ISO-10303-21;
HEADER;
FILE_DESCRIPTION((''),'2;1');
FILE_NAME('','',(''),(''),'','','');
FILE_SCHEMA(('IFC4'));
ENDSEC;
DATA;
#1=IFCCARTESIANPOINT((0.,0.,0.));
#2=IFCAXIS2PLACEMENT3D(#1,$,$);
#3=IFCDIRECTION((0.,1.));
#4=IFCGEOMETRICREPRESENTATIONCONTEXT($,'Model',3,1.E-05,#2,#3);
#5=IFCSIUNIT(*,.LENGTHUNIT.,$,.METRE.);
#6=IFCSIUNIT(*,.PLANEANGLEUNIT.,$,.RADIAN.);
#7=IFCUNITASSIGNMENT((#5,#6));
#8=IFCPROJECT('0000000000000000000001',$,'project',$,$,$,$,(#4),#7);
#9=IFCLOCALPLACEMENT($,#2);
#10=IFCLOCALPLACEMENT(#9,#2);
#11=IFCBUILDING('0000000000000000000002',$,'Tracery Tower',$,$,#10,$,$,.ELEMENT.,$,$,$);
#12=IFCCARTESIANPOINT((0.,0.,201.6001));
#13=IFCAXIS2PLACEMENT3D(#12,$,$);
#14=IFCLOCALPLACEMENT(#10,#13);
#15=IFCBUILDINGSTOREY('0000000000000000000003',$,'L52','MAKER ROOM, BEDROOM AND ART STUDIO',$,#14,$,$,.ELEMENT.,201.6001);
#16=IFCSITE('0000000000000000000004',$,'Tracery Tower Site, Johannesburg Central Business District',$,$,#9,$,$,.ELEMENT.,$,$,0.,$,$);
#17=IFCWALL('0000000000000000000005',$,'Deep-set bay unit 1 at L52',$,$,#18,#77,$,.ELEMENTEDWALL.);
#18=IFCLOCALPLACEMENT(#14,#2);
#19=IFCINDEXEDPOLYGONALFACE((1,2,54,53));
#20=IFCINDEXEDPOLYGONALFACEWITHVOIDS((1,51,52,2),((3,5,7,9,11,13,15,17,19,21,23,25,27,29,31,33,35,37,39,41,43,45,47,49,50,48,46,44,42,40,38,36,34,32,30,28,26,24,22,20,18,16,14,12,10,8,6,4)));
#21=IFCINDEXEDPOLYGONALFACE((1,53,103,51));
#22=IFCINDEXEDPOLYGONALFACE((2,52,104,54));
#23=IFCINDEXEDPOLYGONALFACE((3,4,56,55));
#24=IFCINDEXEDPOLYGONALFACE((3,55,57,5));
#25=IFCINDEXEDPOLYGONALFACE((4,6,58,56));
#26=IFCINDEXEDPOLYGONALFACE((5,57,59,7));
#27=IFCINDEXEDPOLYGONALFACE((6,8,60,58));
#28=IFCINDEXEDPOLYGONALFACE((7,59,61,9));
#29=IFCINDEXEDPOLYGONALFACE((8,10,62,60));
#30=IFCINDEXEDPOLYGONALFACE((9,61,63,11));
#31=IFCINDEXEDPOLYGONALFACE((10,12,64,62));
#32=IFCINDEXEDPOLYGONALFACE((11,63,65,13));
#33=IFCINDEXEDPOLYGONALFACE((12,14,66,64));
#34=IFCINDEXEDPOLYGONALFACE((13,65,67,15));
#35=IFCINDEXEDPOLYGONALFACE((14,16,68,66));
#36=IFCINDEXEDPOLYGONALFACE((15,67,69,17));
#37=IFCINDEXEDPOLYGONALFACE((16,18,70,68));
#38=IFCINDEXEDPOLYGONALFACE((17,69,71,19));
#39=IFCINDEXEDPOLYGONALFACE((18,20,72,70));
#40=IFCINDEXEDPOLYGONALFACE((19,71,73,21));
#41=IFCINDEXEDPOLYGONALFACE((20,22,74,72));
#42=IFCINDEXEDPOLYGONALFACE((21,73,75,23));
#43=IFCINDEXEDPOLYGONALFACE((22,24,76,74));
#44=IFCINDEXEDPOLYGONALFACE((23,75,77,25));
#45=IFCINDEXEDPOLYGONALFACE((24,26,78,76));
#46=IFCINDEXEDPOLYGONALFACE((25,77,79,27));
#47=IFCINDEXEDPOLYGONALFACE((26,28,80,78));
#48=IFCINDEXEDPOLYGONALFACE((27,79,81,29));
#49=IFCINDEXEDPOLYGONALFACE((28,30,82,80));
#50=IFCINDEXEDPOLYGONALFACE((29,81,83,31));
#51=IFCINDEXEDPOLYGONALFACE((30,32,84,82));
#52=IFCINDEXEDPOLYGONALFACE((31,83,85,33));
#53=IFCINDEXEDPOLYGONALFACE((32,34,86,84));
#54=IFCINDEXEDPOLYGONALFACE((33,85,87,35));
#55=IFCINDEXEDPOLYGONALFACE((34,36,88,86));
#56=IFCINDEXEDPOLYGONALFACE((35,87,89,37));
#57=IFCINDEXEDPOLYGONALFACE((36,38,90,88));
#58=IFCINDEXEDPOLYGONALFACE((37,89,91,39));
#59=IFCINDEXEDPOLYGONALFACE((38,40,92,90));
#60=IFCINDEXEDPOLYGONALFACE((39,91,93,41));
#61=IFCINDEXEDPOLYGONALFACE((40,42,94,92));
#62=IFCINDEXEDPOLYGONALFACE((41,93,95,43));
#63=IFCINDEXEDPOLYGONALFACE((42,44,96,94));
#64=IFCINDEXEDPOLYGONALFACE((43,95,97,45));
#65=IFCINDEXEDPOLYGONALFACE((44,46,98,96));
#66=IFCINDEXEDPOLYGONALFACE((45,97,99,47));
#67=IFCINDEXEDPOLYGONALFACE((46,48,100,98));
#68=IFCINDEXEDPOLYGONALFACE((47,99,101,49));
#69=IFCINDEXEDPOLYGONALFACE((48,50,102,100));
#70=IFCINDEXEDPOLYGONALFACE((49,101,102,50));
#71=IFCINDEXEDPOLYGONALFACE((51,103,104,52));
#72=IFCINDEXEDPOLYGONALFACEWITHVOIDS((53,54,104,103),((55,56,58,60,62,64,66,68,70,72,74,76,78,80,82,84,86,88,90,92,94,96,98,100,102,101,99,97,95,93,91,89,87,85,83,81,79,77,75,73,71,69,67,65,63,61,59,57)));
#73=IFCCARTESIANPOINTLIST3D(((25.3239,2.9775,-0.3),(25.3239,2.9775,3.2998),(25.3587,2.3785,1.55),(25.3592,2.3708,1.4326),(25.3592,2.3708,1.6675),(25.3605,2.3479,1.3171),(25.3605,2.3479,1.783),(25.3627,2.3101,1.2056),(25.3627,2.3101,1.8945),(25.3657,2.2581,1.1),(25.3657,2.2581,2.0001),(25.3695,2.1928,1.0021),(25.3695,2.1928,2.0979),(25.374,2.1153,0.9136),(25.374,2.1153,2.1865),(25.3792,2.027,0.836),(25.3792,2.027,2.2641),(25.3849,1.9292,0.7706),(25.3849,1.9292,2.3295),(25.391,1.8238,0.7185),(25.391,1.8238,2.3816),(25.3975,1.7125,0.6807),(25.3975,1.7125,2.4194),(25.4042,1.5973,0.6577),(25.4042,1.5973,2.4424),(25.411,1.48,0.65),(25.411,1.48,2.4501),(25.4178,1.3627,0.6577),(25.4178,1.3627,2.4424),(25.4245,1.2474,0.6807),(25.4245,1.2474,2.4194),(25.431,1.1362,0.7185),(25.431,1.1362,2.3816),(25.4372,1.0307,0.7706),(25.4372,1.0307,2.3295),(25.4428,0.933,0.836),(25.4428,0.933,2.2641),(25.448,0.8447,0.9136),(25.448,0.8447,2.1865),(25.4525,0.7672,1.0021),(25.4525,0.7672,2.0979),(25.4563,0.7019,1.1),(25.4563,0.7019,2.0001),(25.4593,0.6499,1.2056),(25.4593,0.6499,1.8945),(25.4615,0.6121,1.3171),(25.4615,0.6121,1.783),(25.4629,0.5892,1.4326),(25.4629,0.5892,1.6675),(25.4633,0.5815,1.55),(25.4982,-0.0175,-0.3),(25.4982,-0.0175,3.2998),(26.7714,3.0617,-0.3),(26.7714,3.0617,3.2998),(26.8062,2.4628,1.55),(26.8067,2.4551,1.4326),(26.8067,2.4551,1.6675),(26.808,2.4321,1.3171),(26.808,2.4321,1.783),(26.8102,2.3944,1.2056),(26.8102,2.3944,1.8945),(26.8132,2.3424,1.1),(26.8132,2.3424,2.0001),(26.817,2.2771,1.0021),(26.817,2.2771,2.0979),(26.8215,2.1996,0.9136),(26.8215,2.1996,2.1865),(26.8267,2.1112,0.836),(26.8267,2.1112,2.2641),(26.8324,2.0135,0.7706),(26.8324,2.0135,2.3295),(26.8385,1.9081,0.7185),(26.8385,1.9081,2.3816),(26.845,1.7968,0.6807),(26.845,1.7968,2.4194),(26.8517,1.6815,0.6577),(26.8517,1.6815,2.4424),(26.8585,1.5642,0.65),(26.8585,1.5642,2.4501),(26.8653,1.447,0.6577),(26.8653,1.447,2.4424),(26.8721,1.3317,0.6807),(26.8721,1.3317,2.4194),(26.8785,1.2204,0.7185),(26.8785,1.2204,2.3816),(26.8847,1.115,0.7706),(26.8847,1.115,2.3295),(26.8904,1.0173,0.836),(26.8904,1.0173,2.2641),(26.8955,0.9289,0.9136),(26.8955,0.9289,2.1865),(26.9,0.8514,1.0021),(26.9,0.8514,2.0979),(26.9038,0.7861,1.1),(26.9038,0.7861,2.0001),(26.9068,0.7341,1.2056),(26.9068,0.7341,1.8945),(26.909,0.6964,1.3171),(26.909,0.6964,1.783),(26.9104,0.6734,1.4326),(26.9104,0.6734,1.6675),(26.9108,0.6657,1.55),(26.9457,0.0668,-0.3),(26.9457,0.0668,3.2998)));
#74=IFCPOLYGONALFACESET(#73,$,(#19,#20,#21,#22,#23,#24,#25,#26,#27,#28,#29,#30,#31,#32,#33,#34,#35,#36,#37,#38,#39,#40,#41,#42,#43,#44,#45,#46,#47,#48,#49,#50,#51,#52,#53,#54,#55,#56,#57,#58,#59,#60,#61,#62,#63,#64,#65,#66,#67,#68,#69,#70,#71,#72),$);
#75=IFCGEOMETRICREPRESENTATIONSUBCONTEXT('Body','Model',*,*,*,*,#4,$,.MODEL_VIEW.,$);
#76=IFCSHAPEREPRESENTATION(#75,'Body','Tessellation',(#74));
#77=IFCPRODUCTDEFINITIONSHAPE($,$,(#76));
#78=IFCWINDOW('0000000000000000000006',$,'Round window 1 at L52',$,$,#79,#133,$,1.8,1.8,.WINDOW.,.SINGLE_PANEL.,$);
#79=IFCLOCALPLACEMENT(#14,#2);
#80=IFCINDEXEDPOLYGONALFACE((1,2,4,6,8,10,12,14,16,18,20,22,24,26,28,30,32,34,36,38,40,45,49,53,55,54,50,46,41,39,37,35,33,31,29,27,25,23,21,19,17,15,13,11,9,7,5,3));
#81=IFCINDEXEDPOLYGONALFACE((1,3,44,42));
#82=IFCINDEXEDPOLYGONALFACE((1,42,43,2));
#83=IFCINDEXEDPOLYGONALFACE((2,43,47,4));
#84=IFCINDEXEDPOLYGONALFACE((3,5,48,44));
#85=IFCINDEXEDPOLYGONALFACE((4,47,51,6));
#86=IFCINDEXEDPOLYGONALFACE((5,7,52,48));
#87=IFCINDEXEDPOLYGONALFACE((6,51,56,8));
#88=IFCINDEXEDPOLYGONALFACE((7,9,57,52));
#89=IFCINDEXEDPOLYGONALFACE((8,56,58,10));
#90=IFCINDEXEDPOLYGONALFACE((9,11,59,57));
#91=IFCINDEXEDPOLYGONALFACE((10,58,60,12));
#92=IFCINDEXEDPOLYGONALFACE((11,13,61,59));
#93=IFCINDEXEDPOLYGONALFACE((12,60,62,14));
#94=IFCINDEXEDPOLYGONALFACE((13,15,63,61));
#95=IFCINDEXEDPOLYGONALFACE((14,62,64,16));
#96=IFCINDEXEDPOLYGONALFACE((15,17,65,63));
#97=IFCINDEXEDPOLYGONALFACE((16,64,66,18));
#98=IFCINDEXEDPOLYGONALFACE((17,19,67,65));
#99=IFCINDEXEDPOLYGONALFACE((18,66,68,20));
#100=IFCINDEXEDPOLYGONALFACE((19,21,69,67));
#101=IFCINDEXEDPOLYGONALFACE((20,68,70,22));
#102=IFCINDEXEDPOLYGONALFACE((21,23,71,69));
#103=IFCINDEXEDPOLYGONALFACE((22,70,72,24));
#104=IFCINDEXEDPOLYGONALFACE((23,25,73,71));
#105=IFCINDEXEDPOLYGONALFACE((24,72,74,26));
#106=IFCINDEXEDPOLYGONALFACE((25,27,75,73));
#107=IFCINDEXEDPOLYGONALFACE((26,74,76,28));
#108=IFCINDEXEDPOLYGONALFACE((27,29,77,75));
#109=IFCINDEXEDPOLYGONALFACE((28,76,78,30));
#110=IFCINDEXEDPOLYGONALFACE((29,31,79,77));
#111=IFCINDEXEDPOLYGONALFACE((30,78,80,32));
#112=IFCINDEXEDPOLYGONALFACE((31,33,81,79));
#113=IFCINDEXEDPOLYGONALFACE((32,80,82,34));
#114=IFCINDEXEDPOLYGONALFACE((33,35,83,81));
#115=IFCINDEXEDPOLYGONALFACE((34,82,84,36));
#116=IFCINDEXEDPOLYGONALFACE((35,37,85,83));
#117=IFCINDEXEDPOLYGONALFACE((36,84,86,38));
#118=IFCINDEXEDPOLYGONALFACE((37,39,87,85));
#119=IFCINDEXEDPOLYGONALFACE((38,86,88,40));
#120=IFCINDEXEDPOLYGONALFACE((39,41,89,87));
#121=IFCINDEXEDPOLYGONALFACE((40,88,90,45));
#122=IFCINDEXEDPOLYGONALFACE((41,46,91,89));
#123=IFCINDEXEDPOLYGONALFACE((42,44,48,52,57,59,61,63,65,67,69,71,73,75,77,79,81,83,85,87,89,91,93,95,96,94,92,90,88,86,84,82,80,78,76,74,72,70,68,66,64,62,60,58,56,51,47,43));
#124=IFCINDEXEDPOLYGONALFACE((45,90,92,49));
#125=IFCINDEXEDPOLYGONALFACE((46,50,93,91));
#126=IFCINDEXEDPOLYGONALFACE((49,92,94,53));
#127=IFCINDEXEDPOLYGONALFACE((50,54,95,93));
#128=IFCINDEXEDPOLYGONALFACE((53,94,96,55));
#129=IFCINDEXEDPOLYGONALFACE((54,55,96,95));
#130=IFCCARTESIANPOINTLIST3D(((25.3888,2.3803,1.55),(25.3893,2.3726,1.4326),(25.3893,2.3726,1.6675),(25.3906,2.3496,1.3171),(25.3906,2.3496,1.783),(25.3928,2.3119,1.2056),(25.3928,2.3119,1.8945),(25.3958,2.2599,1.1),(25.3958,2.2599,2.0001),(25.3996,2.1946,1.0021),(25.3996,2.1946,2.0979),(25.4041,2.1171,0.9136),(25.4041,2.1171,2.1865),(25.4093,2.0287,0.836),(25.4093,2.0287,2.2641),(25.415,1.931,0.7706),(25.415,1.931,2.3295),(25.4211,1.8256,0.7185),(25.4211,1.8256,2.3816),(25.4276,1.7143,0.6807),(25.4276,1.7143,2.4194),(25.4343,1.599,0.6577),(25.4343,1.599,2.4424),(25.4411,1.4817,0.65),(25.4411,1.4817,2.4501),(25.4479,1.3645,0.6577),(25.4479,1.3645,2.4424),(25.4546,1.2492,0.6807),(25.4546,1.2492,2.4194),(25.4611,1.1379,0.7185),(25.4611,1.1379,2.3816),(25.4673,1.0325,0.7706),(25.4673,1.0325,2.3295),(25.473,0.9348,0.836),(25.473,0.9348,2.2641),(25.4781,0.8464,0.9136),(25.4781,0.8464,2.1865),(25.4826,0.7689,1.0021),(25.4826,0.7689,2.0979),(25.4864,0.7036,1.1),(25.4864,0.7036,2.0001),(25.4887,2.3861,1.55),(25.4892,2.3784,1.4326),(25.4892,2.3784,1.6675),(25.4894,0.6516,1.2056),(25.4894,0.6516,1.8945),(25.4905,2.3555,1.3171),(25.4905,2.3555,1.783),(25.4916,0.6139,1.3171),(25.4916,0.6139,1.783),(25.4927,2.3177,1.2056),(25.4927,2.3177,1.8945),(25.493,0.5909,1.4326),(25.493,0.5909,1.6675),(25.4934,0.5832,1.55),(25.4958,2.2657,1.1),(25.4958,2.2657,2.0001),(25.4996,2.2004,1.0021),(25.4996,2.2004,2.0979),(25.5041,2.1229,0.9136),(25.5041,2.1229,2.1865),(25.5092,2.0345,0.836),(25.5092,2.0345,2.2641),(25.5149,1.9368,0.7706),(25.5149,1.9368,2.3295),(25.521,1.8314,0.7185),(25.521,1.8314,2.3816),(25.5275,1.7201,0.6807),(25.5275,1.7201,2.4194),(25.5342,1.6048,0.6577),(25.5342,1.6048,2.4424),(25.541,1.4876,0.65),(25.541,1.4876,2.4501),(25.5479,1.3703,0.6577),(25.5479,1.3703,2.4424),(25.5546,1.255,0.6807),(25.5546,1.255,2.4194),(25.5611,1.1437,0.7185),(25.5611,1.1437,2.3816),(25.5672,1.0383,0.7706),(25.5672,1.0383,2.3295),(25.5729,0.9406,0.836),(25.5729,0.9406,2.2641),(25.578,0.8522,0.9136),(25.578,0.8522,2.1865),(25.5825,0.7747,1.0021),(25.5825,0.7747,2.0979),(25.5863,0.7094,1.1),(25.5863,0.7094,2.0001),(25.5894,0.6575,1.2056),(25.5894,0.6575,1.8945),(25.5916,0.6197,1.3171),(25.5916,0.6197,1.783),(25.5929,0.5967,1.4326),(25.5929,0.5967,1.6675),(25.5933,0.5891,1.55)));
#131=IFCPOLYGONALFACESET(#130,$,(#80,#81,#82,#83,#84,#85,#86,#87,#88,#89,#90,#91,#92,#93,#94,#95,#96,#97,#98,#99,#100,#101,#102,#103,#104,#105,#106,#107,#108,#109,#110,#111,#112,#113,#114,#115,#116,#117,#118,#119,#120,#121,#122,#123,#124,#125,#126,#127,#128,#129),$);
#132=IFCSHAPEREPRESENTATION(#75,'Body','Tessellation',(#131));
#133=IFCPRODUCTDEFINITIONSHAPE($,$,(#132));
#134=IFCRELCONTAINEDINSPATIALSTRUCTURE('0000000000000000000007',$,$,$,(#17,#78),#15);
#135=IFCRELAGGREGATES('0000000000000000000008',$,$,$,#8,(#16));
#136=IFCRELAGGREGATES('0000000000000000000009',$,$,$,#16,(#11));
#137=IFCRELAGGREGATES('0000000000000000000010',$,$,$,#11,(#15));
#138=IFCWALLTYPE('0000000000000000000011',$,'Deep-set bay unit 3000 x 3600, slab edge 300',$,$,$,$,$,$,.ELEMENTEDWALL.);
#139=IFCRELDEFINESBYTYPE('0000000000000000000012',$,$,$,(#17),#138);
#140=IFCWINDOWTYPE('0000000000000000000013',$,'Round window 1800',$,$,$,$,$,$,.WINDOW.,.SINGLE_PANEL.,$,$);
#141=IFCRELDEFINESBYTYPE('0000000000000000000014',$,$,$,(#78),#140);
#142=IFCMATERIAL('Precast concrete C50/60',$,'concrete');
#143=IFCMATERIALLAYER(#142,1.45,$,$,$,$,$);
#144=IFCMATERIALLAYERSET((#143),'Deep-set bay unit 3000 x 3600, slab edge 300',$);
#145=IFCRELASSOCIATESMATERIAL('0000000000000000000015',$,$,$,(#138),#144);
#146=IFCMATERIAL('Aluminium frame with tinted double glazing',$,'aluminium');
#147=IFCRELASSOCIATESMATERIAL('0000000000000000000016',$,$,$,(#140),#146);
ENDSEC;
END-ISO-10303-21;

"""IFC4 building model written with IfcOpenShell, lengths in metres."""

from ifc_helpers import new_model, si_unit, direction, frame, frame_2d, origin, origin_2d, place, context, subcontext, project, spatial, rectangle, circle, extrude, material, layer, layer_set, type_object, element, fill, save


model = new_model("IFC4")

# Units and contexts
model_context = context("Model", 3, precision=1e-05, world=origin(), true_north=direction((0.0, 1.0)))
body_context = subcontext(model_context, "Body", "Model", "MODEL_VIEW")
ifc_project = project(units=[si_unit("LENGTHUNIT", "METRE"), si_unit("PLANEANGLEUNIT", "RADIAN")], contexts=[model_context])

# Site, building, storey
site_placement = place(None, origin())
site = spatial("IfcSite", under=ifc_project, at=site_placement, Name="Tracery Tower Site, Johannesburg Central Business District", CompositionType="ELEMENT", RefElevation=0.0)
building_placement = place(site_placement, origin())
building = spatial("IfcBuilding", under=site, at=building_placement, Name="Tracery Tower", CompositionType="ELEMENT")
storey_placement = place(building_placement, frame((0.0, 0.0, 201.6001)))
storey = spatial("IfcBuildingStorey", under=building, at=storey_placement, Name="L52", Description="MAKER ROOM, BEDROOM AND ART STUDIO", CompositionType="ELEMENT", Elevation=201.6001)

# Wall, opening, window
ifc_material_1 = material(Name="Precast concrete C50/60", Category="concrete")
ifc_layer_1 = layer(ifc_material_1, 1.45)
ifc_layer_set_1 = layer_set([ifc_layer_1], Name="Deep-set bay unit 3000 x 3600, slab edge 300")
wall_type_1 = type_object("IfcWallType", Name="Deep-set bay unit 3000 x 3600, slab edge 300", PredefinedType="ELEMENTEDWALL", material=ifc_layer_set_1)
wall_1_placement = place(storey_placement, frame((26.2219, 0.0247, -0.3), z_axis=(0.0, 0.0, 1.0), x_axis=(-0.058107, 0.99831, 0.0)))
wall_1 = element("IfcWall", 1, at=wall_1_placement, inside=storey, type_object=wall_type_1, Name="Deep-set bay unit 1 at L52", PredefinedType="ELEMENTEDWALL", context=body_context, shape_type="SweptSolid", body=[
    extrude(rectangle(XDim=3.0, YDim=1.45, at=frame_2d((1.5, 0.0))), origin(), (0.0, 0.0, 1.0), 3.5999),
])
opening_1_placement = place(wall_1_placement, frame((1.5, 0.0, 1.8501)))
opening_1 = element("IfcOpeningElement", 2, at=opening_1_placement, cuts=wall_1, PredefinedType="OPENING", context=body_context, shape_type="SweptSolid", body=[
    extrude(circle(Radius=0.9, at=origin_2d()), frame((0.0, 0.7349, 0.0), z_axis=(0.0, -1.0, 0.0), x_axis=(1.0, 0.0, 0.0)), (0.0, 0.0, 1.0), 1.47),
])
ifc_material_2 = material(Name="Aluminium frame with tinted double glazing", Category="aluminium")
window_type = type_object("IfcWindowType", Name="Round window 1800", PartitioningType="SINGLE_PANEL", PredefinedType="WINDOW", material=ifc_material_2)
window_1_placement = place(opening_1_placement, origin())
window_1 = element("IfcWindow", 3, at=window_1_placement, inside=storey, type_object=window_type, Name="Round window 1 at L52", OverallHeight=1.8, OverallWidth=1.8, PartitioningType="SINGLE_PANEL", PredefinedType="WINDOW", context=body_context, shape_type="SweptSolid", body=[
    extrude(circle(Radius=0.9, at=origin_2d()), frame((0.0, 0.6948, 0.0), z_axis=(0.0, -1.0, 0.0), x_axis=(1.0, 0.0, 0.0)), (0.0, 0.0, 1.0), 0.1001),
])
fill(opening_1, window_1)

save(model, "model.ifc")
